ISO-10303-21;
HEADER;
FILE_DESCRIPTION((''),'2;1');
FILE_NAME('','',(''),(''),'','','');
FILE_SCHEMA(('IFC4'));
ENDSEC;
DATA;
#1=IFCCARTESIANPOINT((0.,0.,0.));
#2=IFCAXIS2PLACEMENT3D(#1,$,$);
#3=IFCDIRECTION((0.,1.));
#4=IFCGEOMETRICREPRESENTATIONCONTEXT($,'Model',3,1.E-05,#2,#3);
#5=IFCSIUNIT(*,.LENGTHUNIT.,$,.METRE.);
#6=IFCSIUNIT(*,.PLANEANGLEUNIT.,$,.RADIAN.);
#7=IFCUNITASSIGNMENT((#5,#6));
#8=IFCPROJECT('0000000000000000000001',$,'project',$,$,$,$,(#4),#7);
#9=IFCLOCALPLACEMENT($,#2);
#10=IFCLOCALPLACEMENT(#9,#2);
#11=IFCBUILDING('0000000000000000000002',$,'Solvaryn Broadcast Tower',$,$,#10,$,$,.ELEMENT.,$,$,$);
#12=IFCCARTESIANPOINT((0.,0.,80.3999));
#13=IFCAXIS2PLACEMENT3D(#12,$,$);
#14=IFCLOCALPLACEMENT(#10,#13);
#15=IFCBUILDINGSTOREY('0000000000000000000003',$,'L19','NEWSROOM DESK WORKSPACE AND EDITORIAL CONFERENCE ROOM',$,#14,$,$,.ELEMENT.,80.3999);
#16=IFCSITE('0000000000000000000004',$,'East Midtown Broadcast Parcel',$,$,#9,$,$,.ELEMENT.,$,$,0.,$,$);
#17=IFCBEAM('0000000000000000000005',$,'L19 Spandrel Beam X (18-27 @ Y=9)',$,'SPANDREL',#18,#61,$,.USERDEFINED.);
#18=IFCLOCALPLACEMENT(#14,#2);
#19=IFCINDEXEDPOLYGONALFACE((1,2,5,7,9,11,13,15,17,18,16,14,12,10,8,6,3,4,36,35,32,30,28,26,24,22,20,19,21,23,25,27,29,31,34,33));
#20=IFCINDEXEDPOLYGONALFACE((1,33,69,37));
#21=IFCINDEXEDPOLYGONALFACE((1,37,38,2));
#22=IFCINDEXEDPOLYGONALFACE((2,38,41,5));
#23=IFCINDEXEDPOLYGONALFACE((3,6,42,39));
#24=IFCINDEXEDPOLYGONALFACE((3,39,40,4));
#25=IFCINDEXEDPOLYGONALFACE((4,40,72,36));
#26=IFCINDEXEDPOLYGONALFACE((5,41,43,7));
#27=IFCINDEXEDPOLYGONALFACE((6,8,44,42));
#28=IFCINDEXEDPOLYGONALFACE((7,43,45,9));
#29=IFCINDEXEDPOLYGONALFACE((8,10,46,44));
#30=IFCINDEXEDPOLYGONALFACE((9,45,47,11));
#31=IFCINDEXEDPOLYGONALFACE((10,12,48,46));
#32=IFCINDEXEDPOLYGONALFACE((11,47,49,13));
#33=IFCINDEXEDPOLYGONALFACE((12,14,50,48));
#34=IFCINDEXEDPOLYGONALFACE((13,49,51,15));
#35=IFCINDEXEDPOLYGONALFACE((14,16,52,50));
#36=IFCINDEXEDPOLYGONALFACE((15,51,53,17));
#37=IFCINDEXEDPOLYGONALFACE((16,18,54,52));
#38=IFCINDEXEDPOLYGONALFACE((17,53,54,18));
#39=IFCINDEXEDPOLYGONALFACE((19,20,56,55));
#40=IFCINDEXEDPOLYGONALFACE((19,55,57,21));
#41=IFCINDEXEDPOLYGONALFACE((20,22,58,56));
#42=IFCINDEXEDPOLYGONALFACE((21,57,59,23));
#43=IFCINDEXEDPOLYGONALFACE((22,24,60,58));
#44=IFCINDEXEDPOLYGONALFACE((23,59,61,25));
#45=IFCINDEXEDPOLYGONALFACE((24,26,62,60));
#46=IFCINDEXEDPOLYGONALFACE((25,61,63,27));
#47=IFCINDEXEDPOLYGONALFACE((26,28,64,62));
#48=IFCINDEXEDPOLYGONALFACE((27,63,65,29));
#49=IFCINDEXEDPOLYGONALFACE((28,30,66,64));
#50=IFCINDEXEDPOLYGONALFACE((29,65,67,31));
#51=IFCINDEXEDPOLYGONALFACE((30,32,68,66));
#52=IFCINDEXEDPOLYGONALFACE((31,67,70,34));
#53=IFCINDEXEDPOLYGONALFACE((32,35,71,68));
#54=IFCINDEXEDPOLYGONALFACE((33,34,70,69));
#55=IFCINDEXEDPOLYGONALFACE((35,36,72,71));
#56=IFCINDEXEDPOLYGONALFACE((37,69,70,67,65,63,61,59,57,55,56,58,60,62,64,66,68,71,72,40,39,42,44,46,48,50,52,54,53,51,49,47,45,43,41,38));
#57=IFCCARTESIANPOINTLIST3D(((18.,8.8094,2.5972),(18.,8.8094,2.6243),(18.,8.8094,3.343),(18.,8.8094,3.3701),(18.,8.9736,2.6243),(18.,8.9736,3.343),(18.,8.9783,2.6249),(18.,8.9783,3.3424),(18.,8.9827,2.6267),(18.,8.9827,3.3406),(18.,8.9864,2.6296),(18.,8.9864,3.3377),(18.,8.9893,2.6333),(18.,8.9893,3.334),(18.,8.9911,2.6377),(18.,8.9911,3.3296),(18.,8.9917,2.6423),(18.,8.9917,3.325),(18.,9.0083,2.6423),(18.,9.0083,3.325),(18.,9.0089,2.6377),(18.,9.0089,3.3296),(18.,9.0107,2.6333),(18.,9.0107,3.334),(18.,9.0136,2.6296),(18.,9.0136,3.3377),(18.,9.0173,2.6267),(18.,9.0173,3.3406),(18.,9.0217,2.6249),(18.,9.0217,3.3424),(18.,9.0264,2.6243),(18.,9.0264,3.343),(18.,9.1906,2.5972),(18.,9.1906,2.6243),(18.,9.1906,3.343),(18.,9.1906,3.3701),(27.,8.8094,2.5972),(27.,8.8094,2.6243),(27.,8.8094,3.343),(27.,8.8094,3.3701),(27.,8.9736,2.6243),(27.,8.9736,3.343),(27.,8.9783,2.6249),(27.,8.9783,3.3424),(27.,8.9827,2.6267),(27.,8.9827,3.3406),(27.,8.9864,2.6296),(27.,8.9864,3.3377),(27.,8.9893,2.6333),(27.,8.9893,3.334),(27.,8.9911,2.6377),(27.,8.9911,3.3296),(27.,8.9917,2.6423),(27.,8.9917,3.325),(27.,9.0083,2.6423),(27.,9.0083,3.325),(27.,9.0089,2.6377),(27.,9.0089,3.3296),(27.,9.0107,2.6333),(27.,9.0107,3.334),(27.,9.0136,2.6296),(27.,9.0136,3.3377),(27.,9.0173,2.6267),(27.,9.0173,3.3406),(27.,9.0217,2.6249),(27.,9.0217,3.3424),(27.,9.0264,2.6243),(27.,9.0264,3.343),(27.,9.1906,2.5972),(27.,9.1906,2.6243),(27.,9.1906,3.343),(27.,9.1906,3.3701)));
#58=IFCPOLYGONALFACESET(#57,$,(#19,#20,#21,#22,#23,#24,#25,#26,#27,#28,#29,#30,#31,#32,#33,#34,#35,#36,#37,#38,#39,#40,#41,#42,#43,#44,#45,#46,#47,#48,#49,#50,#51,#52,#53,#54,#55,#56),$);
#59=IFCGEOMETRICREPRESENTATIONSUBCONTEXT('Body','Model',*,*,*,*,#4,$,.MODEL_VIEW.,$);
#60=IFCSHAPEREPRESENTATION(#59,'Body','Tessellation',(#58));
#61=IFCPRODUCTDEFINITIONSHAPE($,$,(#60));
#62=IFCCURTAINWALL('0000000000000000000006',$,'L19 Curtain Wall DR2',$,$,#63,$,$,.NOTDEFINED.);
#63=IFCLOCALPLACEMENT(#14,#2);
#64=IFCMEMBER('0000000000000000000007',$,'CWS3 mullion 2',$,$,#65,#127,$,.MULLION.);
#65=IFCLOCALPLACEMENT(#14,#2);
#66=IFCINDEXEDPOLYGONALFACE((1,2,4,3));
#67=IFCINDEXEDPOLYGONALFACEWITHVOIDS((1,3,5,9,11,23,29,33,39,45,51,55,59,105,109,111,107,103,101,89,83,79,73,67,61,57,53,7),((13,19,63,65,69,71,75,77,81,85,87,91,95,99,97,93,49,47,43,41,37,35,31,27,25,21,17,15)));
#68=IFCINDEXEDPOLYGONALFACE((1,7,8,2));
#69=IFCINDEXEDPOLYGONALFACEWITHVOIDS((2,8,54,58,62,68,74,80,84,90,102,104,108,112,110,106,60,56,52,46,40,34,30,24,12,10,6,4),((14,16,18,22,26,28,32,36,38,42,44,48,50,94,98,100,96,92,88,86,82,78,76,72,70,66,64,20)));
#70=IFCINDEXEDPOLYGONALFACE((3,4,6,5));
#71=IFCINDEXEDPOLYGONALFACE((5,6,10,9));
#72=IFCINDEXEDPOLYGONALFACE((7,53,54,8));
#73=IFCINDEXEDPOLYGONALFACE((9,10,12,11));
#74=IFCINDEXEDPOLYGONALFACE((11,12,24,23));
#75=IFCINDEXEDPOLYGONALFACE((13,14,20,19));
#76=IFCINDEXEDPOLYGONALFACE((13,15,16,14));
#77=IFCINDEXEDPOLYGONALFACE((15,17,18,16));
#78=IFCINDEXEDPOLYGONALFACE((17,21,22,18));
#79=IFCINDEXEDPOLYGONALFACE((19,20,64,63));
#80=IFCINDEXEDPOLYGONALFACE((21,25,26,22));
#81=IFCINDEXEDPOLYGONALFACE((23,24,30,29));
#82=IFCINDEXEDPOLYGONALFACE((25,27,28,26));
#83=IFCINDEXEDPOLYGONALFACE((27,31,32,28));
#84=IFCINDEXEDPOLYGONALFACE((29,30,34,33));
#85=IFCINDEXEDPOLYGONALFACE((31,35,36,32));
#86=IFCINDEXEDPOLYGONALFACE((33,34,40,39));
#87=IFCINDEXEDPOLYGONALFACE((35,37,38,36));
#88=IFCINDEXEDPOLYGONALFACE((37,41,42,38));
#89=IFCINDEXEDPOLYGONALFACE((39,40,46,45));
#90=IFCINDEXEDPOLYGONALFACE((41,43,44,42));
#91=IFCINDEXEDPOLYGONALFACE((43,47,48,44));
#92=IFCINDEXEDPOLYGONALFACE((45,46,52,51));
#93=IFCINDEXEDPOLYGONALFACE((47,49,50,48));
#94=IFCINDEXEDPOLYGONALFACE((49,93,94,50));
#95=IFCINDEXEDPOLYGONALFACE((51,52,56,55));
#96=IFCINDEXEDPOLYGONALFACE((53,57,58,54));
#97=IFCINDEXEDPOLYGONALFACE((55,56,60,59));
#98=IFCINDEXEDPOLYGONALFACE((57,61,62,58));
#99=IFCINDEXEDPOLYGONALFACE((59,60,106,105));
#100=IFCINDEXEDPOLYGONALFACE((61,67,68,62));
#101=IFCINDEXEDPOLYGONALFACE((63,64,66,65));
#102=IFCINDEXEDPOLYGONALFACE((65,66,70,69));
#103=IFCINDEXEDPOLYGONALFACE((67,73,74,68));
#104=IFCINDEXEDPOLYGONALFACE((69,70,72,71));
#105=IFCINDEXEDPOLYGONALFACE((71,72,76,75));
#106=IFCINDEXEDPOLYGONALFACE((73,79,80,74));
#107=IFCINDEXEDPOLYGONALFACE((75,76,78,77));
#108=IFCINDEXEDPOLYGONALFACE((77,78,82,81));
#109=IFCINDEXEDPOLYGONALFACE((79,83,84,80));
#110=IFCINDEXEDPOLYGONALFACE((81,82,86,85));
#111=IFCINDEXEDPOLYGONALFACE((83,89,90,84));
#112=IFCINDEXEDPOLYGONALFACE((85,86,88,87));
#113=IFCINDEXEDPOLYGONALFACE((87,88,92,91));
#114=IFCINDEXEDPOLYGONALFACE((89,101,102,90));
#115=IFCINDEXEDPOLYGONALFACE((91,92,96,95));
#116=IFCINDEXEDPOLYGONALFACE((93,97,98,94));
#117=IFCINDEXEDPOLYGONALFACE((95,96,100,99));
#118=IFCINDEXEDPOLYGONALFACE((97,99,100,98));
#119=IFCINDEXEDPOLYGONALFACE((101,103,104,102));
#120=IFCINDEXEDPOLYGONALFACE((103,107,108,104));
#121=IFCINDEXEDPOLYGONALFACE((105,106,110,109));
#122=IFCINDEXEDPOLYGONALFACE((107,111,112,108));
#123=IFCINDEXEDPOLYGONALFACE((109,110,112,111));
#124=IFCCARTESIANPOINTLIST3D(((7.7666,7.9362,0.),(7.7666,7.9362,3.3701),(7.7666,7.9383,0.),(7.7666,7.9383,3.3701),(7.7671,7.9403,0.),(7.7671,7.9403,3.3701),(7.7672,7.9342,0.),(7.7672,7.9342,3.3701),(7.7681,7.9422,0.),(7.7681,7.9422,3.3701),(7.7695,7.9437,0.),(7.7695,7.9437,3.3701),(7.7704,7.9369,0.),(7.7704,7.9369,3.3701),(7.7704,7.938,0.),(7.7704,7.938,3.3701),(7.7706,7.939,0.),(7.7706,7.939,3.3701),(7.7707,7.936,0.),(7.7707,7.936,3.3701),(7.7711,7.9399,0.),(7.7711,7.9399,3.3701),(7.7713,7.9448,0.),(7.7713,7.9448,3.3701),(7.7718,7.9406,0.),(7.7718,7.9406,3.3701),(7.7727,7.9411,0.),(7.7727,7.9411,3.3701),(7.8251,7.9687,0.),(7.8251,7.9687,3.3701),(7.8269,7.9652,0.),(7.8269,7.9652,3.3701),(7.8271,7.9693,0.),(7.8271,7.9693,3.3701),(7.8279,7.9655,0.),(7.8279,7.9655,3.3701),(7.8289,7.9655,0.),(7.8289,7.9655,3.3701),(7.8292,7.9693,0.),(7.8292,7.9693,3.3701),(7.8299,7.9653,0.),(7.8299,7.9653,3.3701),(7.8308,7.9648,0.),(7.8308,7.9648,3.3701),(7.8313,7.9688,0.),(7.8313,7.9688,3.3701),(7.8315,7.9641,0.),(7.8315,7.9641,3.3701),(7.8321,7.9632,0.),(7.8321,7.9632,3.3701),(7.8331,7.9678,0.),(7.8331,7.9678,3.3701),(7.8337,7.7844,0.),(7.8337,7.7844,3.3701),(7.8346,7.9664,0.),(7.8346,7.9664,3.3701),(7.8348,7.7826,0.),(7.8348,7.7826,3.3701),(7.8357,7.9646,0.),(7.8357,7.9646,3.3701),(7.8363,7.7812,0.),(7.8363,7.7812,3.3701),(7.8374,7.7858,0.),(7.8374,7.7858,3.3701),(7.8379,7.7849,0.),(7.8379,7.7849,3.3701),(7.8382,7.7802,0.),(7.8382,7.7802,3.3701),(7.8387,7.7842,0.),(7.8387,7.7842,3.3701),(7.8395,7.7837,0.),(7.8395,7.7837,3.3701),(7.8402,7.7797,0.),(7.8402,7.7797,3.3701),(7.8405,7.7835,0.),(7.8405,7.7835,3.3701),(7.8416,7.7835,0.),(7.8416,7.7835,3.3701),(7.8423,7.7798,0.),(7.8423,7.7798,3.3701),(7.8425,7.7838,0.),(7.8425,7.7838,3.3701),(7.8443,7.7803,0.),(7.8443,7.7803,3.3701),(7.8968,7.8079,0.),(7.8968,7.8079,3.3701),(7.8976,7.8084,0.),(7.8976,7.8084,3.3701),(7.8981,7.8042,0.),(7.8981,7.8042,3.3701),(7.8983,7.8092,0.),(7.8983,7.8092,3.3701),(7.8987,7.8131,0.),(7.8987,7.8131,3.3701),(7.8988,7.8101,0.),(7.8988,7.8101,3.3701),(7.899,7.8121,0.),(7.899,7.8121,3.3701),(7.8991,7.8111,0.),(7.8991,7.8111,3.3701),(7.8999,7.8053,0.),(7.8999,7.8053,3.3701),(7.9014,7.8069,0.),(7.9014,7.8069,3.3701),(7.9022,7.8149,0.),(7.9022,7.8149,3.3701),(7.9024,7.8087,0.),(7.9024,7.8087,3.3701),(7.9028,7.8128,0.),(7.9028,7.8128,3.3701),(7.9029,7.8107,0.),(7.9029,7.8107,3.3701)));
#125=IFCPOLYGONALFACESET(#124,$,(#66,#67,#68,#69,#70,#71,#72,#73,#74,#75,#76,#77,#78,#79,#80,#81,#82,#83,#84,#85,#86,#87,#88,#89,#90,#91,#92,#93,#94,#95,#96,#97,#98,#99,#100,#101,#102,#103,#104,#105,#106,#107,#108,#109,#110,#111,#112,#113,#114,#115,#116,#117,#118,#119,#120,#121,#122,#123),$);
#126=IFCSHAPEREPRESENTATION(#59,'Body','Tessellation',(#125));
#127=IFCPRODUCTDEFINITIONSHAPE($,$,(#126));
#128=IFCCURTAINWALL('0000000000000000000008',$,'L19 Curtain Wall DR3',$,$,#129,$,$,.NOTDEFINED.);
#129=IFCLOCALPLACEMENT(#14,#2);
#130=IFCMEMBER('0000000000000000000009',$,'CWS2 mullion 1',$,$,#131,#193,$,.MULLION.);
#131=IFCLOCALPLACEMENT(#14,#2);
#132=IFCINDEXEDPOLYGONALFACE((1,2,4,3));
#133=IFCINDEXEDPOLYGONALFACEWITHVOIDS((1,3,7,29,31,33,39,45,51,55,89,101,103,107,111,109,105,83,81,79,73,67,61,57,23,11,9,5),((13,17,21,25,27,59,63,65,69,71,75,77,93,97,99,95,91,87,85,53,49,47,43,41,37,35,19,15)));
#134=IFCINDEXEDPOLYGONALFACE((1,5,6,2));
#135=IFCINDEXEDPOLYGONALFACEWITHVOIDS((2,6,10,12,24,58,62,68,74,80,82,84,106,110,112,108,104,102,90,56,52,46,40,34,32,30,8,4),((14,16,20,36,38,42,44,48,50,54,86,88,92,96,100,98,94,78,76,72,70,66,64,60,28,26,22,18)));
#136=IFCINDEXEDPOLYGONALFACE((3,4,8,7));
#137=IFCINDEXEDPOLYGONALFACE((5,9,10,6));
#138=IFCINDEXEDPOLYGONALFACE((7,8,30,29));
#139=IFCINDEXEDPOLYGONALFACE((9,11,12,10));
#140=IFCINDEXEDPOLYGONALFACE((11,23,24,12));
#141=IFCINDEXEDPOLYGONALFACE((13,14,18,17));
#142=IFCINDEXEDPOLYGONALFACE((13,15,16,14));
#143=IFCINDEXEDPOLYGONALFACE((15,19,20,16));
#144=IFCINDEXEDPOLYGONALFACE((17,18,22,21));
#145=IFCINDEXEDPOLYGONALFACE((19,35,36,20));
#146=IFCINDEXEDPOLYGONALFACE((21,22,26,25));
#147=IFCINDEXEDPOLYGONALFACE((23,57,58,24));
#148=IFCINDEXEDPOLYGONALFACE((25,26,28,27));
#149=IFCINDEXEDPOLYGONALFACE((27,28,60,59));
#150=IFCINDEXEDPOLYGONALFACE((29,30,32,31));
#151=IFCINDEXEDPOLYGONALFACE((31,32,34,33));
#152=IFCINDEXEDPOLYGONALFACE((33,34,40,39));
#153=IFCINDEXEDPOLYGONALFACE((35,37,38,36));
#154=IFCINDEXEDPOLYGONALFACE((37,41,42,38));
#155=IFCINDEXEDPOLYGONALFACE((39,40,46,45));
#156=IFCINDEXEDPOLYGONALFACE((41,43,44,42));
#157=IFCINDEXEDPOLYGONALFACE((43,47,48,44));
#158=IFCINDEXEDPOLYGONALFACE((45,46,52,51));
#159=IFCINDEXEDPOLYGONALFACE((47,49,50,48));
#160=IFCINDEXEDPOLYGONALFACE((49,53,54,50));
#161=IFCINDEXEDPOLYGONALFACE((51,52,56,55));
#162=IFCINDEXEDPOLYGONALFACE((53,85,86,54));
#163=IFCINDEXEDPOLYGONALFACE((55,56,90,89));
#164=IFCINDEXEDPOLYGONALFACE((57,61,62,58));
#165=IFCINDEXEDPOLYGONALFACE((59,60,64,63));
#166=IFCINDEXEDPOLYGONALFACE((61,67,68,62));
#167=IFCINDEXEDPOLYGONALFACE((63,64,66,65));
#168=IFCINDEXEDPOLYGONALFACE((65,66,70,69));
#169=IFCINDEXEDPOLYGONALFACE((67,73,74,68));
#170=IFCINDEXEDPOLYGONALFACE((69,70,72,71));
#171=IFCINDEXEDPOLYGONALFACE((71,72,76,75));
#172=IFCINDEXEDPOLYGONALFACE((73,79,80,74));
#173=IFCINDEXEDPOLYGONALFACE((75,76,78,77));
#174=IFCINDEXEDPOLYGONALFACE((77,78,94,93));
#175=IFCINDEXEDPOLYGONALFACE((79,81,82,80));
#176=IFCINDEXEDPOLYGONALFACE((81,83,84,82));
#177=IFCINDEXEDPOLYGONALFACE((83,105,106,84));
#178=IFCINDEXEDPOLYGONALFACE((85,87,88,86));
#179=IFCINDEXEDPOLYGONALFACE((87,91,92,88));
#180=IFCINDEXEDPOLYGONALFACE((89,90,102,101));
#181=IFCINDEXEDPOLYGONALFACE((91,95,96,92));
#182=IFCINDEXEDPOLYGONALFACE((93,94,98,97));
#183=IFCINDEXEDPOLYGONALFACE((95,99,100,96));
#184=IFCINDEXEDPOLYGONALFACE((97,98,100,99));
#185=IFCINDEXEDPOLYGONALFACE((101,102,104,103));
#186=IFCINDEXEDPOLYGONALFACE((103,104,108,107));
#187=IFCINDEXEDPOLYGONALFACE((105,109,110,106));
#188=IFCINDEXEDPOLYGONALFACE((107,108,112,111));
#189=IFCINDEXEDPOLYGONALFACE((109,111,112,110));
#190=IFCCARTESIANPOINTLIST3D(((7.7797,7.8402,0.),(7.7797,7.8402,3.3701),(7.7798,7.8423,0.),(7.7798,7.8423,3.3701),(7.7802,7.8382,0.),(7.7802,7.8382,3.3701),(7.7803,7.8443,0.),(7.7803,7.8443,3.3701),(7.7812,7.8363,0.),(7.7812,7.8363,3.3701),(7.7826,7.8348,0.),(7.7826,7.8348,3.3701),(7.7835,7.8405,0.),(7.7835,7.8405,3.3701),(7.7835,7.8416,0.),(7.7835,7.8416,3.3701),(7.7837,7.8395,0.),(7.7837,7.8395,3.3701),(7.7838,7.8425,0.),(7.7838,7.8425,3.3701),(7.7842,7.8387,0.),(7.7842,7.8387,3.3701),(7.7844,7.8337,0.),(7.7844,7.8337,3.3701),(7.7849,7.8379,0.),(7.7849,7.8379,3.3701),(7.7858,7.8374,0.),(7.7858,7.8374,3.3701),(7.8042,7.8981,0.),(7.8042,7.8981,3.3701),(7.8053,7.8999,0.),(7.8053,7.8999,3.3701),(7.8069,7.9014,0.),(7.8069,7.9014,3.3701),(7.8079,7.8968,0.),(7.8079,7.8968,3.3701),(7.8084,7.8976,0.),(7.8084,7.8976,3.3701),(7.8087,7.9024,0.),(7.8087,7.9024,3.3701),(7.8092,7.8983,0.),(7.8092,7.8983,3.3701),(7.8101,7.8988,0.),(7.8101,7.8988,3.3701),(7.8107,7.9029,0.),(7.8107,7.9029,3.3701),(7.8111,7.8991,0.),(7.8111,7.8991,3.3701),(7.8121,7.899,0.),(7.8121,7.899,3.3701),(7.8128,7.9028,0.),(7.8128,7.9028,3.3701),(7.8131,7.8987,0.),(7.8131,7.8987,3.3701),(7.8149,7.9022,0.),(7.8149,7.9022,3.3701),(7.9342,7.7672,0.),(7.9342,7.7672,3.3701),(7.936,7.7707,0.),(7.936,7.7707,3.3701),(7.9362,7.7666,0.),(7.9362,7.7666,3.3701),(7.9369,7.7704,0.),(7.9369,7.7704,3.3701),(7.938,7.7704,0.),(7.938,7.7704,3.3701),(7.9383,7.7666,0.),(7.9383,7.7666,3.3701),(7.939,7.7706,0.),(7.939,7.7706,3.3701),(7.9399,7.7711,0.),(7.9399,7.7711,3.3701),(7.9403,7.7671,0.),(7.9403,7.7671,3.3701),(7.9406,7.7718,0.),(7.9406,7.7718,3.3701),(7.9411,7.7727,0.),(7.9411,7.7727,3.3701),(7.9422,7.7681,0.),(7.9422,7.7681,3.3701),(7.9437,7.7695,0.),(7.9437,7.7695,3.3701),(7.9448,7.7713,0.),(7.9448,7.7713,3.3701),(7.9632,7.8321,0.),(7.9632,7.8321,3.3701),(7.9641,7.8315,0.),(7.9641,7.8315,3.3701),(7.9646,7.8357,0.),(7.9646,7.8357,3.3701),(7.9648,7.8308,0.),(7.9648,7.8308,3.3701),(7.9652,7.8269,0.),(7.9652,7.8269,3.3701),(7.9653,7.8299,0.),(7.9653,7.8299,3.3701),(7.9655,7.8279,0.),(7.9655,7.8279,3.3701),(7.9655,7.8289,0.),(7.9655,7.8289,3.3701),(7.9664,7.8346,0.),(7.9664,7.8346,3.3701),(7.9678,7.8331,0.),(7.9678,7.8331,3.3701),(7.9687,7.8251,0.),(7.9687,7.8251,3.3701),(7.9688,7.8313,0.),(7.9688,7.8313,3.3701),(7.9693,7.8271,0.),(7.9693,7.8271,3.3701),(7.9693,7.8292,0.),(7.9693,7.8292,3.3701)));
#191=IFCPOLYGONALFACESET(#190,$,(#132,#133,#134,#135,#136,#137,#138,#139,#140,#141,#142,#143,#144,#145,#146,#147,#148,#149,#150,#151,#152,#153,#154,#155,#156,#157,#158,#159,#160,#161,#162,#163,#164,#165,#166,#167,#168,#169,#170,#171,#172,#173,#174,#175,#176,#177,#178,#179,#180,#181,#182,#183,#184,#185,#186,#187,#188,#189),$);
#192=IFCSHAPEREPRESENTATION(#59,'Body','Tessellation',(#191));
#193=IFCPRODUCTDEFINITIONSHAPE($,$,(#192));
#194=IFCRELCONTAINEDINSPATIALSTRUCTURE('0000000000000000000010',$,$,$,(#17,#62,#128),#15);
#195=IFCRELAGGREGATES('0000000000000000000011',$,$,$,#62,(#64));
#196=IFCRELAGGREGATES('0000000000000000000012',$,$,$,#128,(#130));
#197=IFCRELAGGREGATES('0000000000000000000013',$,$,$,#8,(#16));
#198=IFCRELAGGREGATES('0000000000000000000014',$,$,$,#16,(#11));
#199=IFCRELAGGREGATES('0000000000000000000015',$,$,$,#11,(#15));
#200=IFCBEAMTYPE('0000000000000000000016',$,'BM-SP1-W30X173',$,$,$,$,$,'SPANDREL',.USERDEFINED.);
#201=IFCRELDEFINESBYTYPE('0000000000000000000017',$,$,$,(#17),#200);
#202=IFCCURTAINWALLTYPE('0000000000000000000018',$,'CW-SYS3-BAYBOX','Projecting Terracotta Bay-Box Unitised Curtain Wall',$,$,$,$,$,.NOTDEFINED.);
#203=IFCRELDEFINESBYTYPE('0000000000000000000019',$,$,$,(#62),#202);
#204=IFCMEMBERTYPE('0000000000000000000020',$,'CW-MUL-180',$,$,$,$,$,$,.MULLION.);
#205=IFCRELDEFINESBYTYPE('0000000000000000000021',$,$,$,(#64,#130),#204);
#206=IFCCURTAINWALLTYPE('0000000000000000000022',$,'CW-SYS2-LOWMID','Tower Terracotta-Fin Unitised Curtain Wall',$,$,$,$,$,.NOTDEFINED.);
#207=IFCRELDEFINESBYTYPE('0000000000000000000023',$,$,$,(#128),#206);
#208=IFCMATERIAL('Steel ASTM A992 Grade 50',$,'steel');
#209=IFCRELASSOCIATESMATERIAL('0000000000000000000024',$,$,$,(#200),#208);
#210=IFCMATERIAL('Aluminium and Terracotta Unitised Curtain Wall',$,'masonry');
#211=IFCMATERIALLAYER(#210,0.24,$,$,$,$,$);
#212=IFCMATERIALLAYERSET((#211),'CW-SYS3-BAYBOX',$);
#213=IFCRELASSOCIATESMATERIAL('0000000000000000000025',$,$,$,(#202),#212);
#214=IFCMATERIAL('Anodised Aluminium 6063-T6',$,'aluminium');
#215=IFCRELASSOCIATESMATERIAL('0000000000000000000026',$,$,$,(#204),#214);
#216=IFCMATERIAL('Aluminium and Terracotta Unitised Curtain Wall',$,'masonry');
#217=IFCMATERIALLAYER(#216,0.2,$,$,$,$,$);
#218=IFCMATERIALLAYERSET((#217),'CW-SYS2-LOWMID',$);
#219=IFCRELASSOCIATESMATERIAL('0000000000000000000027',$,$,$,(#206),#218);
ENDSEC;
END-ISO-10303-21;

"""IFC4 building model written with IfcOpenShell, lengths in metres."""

from ifc_helpers import new_model, si_unit, direction, frame, origin, origin_2d, place, context, subcontext, project, spatial, hollow_rectangle, i_section, extrude, material, layer, layer_set, material_profile, profile_set, type_object, element, aggregate, save


model = new_model("IFC4")

# Units and contexts
model_context = context("Model", 3, precision=1e-05, world=origin(), true_north=direction((0.0, 1.0)))
body_context = subcontext(model_context, "Body", "Model", "MODEL_VIEW")
ifc_project = project(units=[si_unit("LENGTHUNIT", "METRE"), si_unit("PLANEANGLEUNIT", "RADIAN")], contexts=[model_context])

# Site, building, storey
site_placement = place(None, origin())
site = spatial("IfcSite", under=ifc_project, at=site_placement, Name="East Midtown Broadcast Parcel", CompositionType="ELEMENT", RefElevation=0.0)
building_placement = place(site_placement, origin())
building = spatial("IfcBuilding", under=site, at=building_placement, Name="Solvaryn Broadcast Tower", CompositionType="ELEMENT")
storey_placement = place(building_placement, frame((0.0, 0.0, 80.3999)))
storey = spatial("IfcBuildingStorey", under=building, at=storey_placement, Name="L19", Description="NEWSROOM DESK WORKSPACE AND EDITORIAL CONFERENCE ROOM", CompositionType="ELEMENT", Elevation=80.3999)

# Beam
ifc_material_1 = material(Name="Steel ASTM A992 Grade 50", Category="steel")
ifc_material_profile_1 = material_profile(ifc_material_1, i_section(OverallWidth=0.3811, OverallDepth=0.7729, WebThickness=0.0166, FlangeThickness=0.0271, FilletRadius=0.0181, at=origin_2d()))
ifc_profile_set_1 = profile_set([ifc_material_profile_1], Name="Steel ASTM A992 Grade 50")
beam_type_1 = type_object("IfcBeamType", Name="BM-SP1-W30X173", ElementType="SPANDREL", PredefinedType="USERDEFINED", material=ifc_profile_set_1)
beam_1_placement = place(storey_placement, frame((18.0, 9.0, 2.9836), z_axis=(1.0, 0.0, 0.0), x_axis=(0.0, 1.0, 0.0)))
element("IfcBeam", 1, at=beam_1_placement, inside=storey, type_object=beam_type_1, Name="L19 Spandrel Beam X (18-27 @ Y=9)", ObjectType="SPANDREL", PredefinedType="USERDEFINED", context=body_context, shape_type="SweptSolid", body=[
    extrude(i_section(OverallWidth=0.3811, OverallDepth=0.7729, WebThickness=0.0166, FlangeThickness=0.0271, FilletRadius=0.0181, at=origin_2d()), origin(), (0.0, 0.0, 1.0), 9.0),
])

# Curtain wall, member
ifc_material_2 = material(Name="Aluminium and Terracotta Unitised Curtain Wall", Category="masonry")
ifc_layer_1 = layer(ifc_material_2, 0.24)
ifc_layer_set_1 = layer_set([ifc_layer_1], Name="CW-SYS3-BAYBOX")
curtain_wall_type_1 = type_object("IfcCurtainWallType", Name="CW-SYS3-BAYBOX", Description="Projecting Terracotta Bay-Box Unitised Curtain Wall", PredefinedType="NOTDEFINED", material=ifc_layer_set_1)
curtain_wall_1_placement = place(storey_placement, origin())
curtain_wall_1 = element("IfcCurtainWall", 2, at=curtain_wall_1_placement, inside=storey, type_object=curtain_wall_type_1, Name="L19 Curtain Wall DR2", PredefinedType="NOTDEFINED")
ifc_material_3 = material(Name="Anodised Aluminium 6063-T6", Category="aluminium")
ifc_material_profile_2 = material_profile(ifc_material_3, hollow_rectangle(XDim=0.075, YDim=0.1799, WallThickness=0.0039, InnerFilletRadius=0.0039, OuterFilletRadius=0.0081, at=origin_2d()))
ifc_profile_set_2 = profile_set([ifc_material_profile_2], Name="Anodised Aluminium 6063-T6")
member_type_1 = type_object("IfcMemberType", Name="CW-MUL-180", PredefinedType="MULLION", material=ifc_profile_set_2)
member_1_placement = place(storey_placement, frame((7.8347, 7.8745, 0.0), z_axis=(0.0, 0.0, 1.0), x_axis=(0.913918, 0.405898, 0.0)))
member_1 = element("IfcMember", 3, at=member_1_placement, type_object=member_type_1, Name="CWS3 mullion 2", PredefinedType="MULLION", context=body_context, shape_type="SweptSolid", body=[
    extrude(hollow_rectangle(XDim=0.075, YDim=0.1799, WallThickness=0.0039, InnerFilletRadius=0.0039, OuterFilletRadius=0.0081, at=origin_2d()), origin(), (0.0, 0.0, 1.0), 3.3701),
])
aggregate(curtain_wall_1, [member_1])

# Curtain wall, member
ifc_material_4 = material(Name="Aluminium and Terracotta Unitised Curtain Wall", Category="masonry")
ifc_layer_2 = layer(ifc_material_4, 0.2)
ifc_layer_set_2 = layer_set([ifc_layer_2], Name="CW-SYS2-LOWMID")
curtain_wall_type_2 = type_object("IfcCurtainWallType", Name="CW-SYS2-LOWMID", Description="Tower Terracotta-Fin Unitised Curtain Wall", PredefinedType="NOTDEFINED", material=ifc_layer_set_2)
curtain_wall_2_placement = place(storey_placement, origin())
curtain_wall_2 = element("IfcCurtainWall", 4, at=curtain_wall_2_placement, inside=storey, type_object=curtain_wall_type_2, Name="L19 Curtain Wall DR3", PredefinedType="NOTDEFINED")
member_2_placement = place(storey_placement, frame((7.8745, 7.8347, 0.0), z_axis=(0.0, 0.0, 1.0), x_axis=(0.405898, 0.913918, 0.0)))
member_2 = element("IfcMember", 5, at=member_2_placement, type_object=member_type_1, Name="CWS2 mullion 1", PredefinedType="MULLION", context=body_context, shape_type="SweptSolid", body=[
    extrude(hollow_rectangle(XDim=0.075, YDim=0.1799, WallThickness=0.0039, InnerFilletRadius=0.0039, OuterFilletRadius=0.0081, at=origin_2d()), origin(), (0.0, 0.0, 1.0), 3.3701),
])
aggregate(curtain_wall_2, [member_2])

save(model, "model.ifc")
